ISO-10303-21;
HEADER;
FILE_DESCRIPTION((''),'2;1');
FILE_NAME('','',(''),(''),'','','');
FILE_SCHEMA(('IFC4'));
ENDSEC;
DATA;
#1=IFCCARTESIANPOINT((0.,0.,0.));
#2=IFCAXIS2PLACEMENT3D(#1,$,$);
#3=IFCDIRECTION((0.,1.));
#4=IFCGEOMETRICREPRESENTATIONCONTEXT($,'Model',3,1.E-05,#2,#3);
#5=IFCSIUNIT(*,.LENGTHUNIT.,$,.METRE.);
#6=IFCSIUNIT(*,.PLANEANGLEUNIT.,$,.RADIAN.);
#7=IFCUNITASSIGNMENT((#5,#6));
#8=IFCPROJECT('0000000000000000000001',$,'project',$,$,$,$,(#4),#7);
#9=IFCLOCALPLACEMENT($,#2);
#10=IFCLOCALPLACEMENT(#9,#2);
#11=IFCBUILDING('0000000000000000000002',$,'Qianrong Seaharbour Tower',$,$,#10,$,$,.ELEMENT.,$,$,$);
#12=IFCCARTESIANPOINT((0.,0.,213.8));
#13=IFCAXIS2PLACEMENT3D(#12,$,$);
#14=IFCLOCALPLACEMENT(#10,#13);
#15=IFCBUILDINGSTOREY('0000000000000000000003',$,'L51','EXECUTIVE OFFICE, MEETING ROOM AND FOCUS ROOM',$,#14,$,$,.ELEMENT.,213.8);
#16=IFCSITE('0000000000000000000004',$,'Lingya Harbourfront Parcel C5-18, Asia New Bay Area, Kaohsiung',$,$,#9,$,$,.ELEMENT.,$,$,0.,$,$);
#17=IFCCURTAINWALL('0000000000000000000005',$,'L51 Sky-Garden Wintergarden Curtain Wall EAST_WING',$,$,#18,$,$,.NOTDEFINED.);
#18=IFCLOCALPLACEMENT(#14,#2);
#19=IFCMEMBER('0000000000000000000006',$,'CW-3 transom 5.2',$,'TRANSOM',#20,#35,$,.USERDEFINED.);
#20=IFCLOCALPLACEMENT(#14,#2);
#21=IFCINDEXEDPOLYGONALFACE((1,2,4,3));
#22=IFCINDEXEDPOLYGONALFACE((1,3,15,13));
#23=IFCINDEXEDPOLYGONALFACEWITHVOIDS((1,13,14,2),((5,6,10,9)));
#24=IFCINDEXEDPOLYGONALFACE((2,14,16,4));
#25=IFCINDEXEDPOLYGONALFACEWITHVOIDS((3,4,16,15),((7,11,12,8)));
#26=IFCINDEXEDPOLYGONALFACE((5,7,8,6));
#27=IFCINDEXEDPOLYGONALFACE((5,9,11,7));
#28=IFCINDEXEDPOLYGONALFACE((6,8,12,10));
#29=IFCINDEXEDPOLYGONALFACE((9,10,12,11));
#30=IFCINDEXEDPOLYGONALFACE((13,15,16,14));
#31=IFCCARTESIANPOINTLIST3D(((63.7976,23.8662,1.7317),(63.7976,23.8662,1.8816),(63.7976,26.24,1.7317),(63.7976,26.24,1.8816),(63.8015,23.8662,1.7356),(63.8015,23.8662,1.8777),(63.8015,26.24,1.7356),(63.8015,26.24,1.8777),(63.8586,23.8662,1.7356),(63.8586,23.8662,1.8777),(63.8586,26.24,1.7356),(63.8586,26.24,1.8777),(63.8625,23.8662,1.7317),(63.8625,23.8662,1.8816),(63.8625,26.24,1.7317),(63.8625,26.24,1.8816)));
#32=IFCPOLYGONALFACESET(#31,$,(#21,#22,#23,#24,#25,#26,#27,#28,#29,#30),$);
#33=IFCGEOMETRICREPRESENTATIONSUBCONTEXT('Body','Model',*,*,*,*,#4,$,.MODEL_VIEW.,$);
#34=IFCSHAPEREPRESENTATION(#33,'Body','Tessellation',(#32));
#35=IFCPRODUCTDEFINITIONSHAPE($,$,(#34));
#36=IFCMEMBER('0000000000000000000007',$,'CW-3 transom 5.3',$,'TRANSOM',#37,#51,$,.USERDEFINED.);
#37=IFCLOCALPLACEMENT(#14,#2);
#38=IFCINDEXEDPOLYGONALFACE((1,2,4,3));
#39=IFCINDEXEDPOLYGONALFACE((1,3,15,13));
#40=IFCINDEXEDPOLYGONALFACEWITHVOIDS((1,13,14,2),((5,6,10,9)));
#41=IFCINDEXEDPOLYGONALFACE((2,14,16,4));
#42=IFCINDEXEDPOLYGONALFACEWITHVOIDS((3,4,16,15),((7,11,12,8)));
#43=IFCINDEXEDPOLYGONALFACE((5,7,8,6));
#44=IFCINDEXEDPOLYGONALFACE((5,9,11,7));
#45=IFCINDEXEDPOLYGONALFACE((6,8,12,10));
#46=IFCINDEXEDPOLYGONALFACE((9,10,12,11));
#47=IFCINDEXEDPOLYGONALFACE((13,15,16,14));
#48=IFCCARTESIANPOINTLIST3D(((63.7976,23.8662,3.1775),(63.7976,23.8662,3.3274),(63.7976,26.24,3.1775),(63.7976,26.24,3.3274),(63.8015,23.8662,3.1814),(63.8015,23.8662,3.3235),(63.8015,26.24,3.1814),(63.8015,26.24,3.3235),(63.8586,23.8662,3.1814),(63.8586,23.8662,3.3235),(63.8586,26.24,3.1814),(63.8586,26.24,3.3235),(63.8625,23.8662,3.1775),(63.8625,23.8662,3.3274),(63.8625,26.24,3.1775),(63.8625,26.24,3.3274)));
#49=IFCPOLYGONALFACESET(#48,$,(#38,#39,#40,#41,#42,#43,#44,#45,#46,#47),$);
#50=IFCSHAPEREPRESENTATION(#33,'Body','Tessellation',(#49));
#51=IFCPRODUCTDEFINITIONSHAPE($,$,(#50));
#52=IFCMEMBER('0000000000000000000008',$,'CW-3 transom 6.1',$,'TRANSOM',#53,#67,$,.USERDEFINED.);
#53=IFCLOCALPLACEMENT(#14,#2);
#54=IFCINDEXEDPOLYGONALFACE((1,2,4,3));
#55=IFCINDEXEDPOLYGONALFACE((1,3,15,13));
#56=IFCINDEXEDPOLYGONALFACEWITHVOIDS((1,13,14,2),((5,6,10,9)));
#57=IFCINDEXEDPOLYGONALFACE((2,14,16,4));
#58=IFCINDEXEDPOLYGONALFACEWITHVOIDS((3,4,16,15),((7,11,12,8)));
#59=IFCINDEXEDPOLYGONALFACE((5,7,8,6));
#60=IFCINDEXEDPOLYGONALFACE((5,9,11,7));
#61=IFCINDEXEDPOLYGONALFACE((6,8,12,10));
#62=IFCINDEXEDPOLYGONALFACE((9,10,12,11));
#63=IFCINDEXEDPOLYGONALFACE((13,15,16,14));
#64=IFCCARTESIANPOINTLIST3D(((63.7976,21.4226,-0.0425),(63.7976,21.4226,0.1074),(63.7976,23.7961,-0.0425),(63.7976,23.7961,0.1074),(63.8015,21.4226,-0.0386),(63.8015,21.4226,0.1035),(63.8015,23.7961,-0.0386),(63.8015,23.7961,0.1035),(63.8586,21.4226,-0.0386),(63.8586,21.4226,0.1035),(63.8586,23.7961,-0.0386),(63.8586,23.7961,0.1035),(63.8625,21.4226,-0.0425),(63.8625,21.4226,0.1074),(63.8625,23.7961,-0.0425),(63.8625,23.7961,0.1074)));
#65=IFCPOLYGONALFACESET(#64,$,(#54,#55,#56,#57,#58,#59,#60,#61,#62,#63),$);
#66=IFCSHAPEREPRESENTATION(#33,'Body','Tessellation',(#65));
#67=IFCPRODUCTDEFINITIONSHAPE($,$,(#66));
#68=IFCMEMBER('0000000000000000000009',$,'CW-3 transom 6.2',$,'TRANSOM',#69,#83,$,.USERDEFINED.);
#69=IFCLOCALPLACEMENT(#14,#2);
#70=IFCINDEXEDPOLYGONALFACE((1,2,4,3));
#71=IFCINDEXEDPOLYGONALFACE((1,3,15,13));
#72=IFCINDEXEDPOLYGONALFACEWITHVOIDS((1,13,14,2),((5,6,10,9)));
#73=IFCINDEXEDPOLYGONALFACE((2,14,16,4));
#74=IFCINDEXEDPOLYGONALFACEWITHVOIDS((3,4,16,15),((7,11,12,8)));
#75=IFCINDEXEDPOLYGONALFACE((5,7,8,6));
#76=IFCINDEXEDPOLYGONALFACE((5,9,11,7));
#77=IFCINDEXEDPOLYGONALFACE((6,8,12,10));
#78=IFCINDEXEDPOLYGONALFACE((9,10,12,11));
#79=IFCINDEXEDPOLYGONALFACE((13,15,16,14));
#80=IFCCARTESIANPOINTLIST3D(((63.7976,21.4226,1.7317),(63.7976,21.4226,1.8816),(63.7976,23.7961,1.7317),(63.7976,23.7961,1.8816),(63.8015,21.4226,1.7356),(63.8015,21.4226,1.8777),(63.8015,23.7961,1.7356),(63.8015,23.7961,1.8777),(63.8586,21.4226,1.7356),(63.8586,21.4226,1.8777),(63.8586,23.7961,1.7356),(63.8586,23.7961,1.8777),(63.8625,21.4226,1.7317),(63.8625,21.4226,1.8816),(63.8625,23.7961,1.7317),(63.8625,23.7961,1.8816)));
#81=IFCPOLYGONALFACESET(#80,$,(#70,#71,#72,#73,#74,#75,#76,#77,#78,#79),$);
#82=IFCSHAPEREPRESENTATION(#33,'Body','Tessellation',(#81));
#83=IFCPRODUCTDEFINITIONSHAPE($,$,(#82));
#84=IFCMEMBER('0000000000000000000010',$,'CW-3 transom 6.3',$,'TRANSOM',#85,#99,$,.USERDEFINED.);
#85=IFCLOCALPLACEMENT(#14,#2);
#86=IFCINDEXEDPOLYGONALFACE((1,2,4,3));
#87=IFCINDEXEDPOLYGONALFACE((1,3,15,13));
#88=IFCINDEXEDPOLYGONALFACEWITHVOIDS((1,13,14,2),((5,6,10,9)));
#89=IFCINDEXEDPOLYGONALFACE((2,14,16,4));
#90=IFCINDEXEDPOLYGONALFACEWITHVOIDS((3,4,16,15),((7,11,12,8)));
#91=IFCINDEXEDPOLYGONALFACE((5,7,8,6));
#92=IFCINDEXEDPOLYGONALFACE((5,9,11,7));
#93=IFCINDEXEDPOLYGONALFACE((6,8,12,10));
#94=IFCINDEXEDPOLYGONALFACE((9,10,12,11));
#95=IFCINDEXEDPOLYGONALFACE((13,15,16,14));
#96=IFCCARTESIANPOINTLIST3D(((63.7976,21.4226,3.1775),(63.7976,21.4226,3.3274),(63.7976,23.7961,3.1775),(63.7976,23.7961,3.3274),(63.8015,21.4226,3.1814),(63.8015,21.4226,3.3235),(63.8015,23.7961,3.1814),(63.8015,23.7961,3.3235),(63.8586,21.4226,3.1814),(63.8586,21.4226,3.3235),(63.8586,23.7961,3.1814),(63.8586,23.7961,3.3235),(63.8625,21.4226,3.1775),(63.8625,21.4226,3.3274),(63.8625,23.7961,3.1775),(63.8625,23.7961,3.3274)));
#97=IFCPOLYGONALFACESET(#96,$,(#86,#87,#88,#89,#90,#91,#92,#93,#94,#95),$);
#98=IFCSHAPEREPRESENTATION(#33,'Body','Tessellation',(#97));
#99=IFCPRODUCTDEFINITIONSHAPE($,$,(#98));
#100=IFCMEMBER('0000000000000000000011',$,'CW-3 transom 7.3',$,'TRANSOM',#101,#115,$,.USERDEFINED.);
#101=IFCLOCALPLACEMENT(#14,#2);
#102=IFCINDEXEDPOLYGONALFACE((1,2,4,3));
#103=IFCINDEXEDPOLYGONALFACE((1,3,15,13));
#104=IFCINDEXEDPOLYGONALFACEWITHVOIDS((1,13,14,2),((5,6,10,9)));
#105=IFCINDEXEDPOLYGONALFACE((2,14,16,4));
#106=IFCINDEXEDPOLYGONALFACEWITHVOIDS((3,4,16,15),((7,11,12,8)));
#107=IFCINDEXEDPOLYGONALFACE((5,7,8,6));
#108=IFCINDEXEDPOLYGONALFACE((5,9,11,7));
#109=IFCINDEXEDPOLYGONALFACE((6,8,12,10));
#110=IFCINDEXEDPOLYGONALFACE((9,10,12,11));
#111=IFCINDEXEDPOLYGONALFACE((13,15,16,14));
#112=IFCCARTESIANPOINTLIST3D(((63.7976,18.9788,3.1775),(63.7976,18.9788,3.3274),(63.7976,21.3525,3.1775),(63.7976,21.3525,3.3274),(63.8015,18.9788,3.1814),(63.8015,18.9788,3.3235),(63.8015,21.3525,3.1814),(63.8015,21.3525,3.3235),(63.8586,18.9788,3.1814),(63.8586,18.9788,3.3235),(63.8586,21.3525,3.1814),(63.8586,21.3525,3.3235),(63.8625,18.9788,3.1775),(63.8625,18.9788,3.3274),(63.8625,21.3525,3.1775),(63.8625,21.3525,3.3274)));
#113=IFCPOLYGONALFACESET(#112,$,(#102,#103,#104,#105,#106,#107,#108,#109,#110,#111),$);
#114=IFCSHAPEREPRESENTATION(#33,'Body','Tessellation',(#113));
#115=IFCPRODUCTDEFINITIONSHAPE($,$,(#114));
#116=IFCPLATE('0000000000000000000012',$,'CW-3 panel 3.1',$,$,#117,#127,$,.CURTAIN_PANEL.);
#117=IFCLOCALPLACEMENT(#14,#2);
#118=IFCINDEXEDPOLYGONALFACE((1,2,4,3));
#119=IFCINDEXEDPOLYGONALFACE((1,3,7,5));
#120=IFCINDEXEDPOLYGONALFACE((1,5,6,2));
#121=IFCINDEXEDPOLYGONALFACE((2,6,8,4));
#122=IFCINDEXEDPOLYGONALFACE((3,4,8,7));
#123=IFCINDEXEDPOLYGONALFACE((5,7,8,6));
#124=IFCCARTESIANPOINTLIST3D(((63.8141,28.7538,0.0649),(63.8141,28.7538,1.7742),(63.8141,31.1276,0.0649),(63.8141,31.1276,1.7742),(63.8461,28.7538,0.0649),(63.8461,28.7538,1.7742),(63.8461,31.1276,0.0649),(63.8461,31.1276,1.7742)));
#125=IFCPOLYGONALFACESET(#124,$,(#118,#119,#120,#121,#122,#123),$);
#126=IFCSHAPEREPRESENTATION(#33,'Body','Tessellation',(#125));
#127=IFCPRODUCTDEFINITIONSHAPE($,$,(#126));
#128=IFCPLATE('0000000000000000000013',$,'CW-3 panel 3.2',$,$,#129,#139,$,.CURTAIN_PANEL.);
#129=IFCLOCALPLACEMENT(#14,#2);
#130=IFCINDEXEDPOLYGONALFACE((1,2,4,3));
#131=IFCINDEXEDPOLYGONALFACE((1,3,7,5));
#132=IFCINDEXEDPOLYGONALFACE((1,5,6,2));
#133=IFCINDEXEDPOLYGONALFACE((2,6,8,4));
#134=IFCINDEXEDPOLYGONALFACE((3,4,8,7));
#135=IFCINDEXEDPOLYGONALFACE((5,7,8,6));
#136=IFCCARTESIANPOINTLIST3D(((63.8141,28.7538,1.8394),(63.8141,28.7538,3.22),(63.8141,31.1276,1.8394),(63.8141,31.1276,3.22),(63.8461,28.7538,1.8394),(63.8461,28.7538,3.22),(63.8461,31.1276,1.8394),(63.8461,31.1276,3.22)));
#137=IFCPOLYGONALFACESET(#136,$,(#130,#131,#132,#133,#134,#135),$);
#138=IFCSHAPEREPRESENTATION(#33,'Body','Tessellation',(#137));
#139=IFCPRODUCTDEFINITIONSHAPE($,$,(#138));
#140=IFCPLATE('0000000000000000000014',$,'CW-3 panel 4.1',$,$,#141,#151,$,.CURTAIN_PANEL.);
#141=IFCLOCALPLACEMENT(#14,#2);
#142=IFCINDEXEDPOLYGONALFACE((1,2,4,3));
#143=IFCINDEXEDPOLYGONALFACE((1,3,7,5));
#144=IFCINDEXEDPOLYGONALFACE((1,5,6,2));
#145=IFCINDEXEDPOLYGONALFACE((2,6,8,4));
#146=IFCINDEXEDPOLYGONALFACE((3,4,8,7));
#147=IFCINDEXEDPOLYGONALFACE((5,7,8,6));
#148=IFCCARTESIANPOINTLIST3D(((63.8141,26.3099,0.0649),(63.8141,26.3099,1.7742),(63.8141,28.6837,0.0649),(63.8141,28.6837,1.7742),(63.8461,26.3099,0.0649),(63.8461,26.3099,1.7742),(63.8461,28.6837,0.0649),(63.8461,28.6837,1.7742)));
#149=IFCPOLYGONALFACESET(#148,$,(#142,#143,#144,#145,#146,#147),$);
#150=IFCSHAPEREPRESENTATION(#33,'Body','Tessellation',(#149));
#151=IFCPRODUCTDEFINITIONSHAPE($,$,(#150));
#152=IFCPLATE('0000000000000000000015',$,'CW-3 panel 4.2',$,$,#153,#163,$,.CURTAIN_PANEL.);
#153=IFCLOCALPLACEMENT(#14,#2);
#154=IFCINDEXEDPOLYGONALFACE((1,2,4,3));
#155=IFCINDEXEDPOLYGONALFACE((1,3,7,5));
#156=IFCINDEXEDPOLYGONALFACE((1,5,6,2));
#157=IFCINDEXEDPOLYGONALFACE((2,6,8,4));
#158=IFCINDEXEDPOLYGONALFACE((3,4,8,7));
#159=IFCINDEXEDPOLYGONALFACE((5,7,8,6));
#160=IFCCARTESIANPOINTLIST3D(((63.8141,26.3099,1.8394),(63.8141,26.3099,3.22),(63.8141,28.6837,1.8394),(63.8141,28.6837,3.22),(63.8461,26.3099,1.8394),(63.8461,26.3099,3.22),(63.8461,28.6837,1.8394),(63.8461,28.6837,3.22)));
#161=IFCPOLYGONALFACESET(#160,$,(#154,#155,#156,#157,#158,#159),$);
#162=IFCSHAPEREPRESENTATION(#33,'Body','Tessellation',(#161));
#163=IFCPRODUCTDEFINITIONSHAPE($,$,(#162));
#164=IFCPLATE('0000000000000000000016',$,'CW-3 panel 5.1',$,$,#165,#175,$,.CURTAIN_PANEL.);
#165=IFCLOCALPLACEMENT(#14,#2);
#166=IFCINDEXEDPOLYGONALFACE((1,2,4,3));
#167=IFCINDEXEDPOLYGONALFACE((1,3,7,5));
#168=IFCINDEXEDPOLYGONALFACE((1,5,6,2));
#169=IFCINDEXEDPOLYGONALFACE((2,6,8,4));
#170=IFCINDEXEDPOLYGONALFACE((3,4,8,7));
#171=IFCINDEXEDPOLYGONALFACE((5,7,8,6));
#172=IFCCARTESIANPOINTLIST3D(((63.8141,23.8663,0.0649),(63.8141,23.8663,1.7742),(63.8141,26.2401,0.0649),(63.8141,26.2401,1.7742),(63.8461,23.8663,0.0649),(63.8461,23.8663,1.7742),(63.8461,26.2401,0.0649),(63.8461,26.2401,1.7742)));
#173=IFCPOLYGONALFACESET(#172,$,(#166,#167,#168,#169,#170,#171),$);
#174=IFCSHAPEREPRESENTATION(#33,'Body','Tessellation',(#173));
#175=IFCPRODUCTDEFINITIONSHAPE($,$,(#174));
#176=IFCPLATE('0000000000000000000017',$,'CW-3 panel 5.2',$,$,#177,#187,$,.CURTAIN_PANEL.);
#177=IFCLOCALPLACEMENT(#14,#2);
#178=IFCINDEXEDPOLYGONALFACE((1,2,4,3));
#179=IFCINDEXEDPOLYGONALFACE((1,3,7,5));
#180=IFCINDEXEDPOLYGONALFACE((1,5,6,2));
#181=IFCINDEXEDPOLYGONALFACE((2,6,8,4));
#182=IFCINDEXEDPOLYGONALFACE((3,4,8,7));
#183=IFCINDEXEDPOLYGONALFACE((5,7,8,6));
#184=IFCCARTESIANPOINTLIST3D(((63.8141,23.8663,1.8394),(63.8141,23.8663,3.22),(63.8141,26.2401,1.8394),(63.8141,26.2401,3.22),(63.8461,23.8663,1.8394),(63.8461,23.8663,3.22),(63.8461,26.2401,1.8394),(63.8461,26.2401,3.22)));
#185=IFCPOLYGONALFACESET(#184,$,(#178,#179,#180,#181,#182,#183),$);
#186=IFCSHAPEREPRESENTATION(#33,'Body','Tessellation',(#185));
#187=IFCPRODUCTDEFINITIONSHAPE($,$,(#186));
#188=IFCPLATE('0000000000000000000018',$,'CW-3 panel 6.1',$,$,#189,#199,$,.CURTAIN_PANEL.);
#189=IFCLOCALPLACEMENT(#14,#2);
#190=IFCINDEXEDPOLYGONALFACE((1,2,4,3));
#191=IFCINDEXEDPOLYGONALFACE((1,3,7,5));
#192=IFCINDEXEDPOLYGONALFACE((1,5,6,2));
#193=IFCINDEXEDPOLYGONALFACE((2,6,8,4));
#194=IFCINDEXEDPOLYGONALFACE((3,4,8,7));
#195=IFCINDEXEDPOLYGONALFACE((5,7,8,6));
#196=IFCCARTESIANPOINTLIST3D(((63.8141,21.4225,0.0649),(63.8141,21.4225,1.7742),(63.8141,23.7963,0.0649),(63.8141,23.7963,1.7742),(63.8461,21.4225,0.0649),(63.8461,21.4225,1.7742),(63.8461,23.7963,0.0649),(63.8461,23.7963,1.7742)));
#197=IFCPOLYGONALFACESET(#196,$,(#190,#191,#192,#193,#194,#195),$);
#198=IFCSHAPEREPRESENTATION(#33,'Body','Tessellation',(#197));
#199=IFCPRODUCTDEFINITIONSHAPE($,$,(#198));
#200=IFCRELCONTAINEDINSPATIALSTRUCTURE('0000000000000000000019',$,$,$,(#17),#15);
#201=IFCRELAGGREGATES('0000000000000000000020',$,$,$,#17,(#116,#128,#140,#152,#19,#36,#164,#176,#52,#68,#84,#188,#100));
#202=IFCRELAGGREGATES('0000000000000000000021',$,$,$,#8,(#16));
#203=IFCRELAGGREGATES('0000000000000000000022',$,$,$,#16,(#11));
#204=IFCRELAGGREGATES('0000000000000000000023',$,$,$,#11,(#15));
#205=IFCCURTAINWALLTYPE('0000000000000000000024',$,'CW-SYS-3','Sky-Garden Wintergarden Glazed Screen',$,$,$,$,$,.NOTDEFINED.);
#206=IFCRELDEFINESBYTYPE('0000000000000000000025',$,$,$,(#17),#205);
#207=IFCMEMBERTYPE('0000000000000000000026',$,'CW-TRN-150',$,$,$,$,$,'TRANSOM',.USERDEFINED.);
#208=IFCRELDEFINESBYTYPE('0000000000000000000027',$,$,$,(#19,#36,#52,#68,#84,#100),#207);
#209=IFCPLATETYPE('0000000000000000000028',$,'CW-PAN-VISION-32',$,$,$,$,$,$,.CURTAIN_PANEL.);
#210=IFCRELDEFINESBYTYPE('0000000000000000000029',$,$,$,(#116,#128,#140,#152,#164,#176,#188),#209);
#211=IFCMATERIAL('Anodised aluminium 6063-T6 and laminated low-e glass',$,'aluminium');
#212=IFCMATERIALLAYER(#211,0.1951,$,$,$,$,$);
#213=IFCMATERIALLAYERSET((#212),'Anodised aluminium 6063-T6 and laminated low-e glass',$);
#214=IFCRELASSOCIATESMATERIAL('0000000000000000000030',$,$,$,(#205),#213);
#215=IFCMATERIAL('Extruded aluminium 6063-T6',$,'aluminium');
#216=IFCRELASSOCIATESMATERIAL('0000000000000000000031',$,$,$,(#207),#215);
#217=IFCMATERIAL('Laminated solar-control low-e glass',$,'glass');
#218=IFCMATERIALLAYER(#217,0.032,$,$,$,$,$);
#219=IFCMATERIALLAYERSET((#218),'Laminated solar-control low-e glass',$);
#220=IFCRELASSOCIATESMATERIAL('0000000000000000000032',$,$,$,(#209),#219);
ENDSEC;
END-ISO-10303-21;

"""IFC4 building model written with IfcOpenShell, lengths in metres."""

from ifc_helpers import new_model, si_unit, direction, frame, origin, origin_2d, place, context, subcontext, project, spatial, rectangle, hollow_rectangle, extrude, material, layer, layer_set, material_profile, profile_set, type_object, element, aggregate, save


model = new_model("IFC4")

# Units and contexts
model_context = context("Model", 3, precision=1e-05, world=origin(), true_north=direction((0.0, 1.0)))
body_context = subcontext(model_context, "Body", "Model", "MODEL_VIEW")
ifc_project = project(units=[si_unit("LENGTHUNIT", "METRE"), si_unit("PLANEANGLEUNIT", "RADIAN")], contexts=[model_context])

# Site, building, storey
site_placement = place(None, origin())
site = spatial("IfcSite", under=ifc_project, at=site_placement, Name="Lingya Harbourfront Parcel C5-18, Asia New Bay Area, Kaohsiung", CompositionType="ELEMENT", RefElevation=0.0)
building_placement = place(site_placement, origin())
building = spatial("IfcBuilding", under=site, at=building_placement, Name="Qianrong Seaharbour Tower", CompositionType="ELEMENT")
storey_placement = place(building_placement, frame((0.0, 0.0, 213.8)))
storey = spatial("IfcBuildingStorey", under=building, at=storey_placement, Name="L51", Description="EXECUTIVE OFFICE, MEETING ROOM AND FOCUS ROOM", CompositionType="ELEMENT", Elevation=213.8)

# Curtain wall, members, plates
ifc_material_1 = material(Name="Anodised aluminium 6063-T6 and laminated low-e glass", Category="aluminium")
ifc_layer_1 = layer(ifc_material_1, 0.1951)
ifc_layer_set_1 = layer_set([ifc_layer_1], Name="Anodised aluminium 6063-T6 and laminated low-e glass")
curtain_wall_type = type_object("IfcCurtainWallType", Name="CW-SYS-3", Description="Sky-Garden Wintergarden Glazed Screen", PredefinedType="NOTDEFINED", material=ifc_layer_set_1)
curtain_wall_placement = place(storey_placement, origin())
curtain_wall = element("IfcCurtainWall", 1, at=curtain_wall_placement, inside=storey, type_object=curtain_wall_type, Name="L51 Sky-Garden Wintergarden Curtain Wall EAST_WING", PredefinedType="NOTDEFINED")
ifc_material_2 = material(Name="Extruded aluminium 6063-T6", Category="aluminium")
ifc_material_profile_1 = material_profile(ifc_material_2, hollow_rectangle(XDim=0.0649, YDim=0.1499, WallThickness=0.0039, at=origin_2d()), Name="ALU-TRN-150x65x4")
ifc_profile_set_1 = profile_set([ifc_material_profile_1], Name="Extruded aluminium 6063-T6")
member_type_1 = type_object("IfcMemberType", Name="CW-TRN-150", ElementType="TRANSOM", PredefinedType="USERDEFINED", material=ifc_profile_set_1)
member_1_placement = place(storey_placement, frame((63.8301, 26.24, 1.8066), z_axis=(0.0, -1.0, 0.0), x_axis=(1.0, 0.0, 0.0)))
member_1 = element("IfcMember", 2, at=member_1_placement, type_object=member_type_1, Name="CW-3 transom 5.2", ObjectType="TRANSOM", PredefinedType="USERDEFINED", context=body_context, shape_type="SweptSolid", body=[
    extrude(hollow_rectangle(XDim=0.0649, YDim=0.1499, WallThickness=0.0039, at=origin_2d()), origin(), (0.0, 0.0, 1.0), 2.3738),
])
member_2_placement = place(storey_placement, frame((63.8301, 26.24, 3.2524), z_axis=(0.0, -1.0, 0.0), x_axis=(1.0, 0.0, 0.0)))
member_2 = element("IfcMember", 3, at=member_2_placement, type_object=member_type_1, Name="CW-3 transom 5.3", ObjectType="TRANSOM", PredefinedType="USERDEFINED", context=body_context, shape_type="SweptSolid", body=[
    extrude(hollow_rectangle(XDim=0.0649, YDim=0.1499, WallThickness=0.0039, at=origin_2d()), origin(), (0.0, 0.0, 1.0), 2.3738),
])
member_3_placement = place(storey_placement, frame((63.8301, 23.7961, 0.0325), z_axis=(0.0, -1.0, 0.0), x_axis=(1.0, 0.0, 0.0)))
member_3 = element("IfcMember", 4, at=member_3_placement, type_object=member_type_1, Name="CW-3 transom 6.1", ObjectType="TRANSOM", PredefinedType="USERDEFINED", context=body_context, shape_type="SweptSolid", body=[
    extrude(hollow_rectangle(XDim=0.0649, YDim=0.1499, WallThickness=0.0039, at=origin_2d()), origin(), (0.0, 0.0, 1.0), 2.3735),
])
member_4_placement = place(storey_placement, frame((63.8301, 23.7961, 1.8066), z_axis=(0.0, -1.0, 0.0), x_axis=(1.0, 0.0, 0.0)))
member_4 = element("IfcMember", 5, at=member_4_placement, type_object=member_type_1, Name="CW-3 transom 6.2", ObjectType="TRANSOM", PredefinedType="USERDEFINED", context=body_context, shape_type="SweptSolid", body=[
    extrude(hollow_rectangle(XDim=0.0649, YDim=0.1499, WallThickness=0.0039, at=origin_2d()), origin(), (0.0, 0.0, 1.0), 2.3735),
])
member_5_placement = place(storey_placement, frame((63.8301, 23.7961, 3.2524), z_axis=(0.0, -1.0, 0.0), x_axis=(1.0, 0.0, 0.0)))
member_5 = element("IfcMember", 6, at=member_5_placement, type_object=member_type_1, Name="CW-3 transom 6.3", ObjectType="TRANSOM", PredefinedType="USERDEFINED", context=body_context, shape_type="SweptSolid", body=[
    extrude(hollow_rectangle(XDim=0.0649, YDim=0.1499, WallThickness=0.0039, at=origin_2d()), origin(), (0.0, 0.0, 1.0), 2.3735),
])
member_6_placement = place(storey_placement, frame((63.8301, 21.3525, 3.2524), z_axis=(0.0, -1.0, 0.0), x_axis=(1.0, 0.0, 0.0)))
member_6 = element("IfcMember", 7, at=member_6_placement, type_object=member_type_1, Name="CW-3 transom 7.3", ObjectType="TRANSOM", PredefinedType="USERDEFINED", context=body_context, shape_type="SweptSolid", body=[
    extrude(hollow_rectangle(XDim=0.0649, YDim=0.1499, WallThickness=0.0039, at=origin_2d()), origin(), (0.0, 0.0, 1.0), 2.3738),
])
ifc_material_3 = material(Name="Laminated solar-control low-e glass", Category="glass")
ifc_layer_2 = layer(ifc_material_3, 0.032)
ifc_layer_set_2 = layer_set([ifc_layer_2], Name="Laminated solar-control low-e glass")
plate_type = type_object("IfcPlateType", Name="CW-PAN-VISION-32", PredefinedType="CURTAIN_PANEL", material=ifc_layer_set_2)
plate_1_placement = place(storey_placement, frame((63.8301, 29.9407, 0.0649), z_axis=(0.0, 0.0, 1.0), x_axis=(0.0, -1.0, 0.0)))
plate_1 = element("IfcPlate", 8, at=plate_1_placement, type_object=plate_type, Name="CW-3 panel 3.1", PredefinedType="CURTAIN_PANEL", context=body_context, shape_type="SweptSolid", body=[
    extrude(rectangle(XDim=2.3738, YDim=0.032, at=origin_2d()), origin(), (0.0, 0.0, 1.0), 1.7092),
])
plate_2_placement = place(storey_placement, frame((63.8301, 29.9407, 1.8394), z_axis=(0.0, 0.0, 1.0), x_axis=(0.0, -1.0, 0.0)))
plate_2 = element("IfcPlate", 9, at=plate_2_placement, type_object=plate_type, Name="CW-3 panel 3.2", PredefinedType="CURTAIN_PANEL", context=body_context, shape_type="SweptSolid", body=[
    extrude(rectangle(XDim=2.3738, YDim=0.032, at=origin_2d()), origin(), (0.0, 0.0, 1.0), 1.3806),
])
plate_3_placement = place(storey_placement, frame((63.8301, 27.4968, 0.0649), z_axis=(0.0, 0.0, 1.0), x_axis=(0.0, -1.0, 0.0)))
plate_3 = element("IfcPlate", 10, at=plate_3_placement, type_object=plate_type, Name="CW-3 panel 4.1", PredefinedType="CURTAIN_PANEL", context=body_context, shape_type="SweptSolid", body=[
    extrude(rectangle(XDim=2.3738, YDim=0.032, at=origin_2d()), origin(), (0.0, 0.0, 1.0), 1.7092),
])
plate_4_placement = place(storey_placement, frame((63.8301, 27.4968, 1.8394), z_axis=(0.0, 0.0, 1.0), x_axis=(0.0, -1.0, 0.0)))
plate_4 = element("IfcPlate", 11, at=plate_4_placement, type_object=plate_type, Name="CW-3 panel 4.2", PredefinedType="CURTAIN_PANEL", context=body_context, shape_type="SweptSolid", body=[
    extrude(rectangle(XDim=2.3738, YDim=0.032, at=origin_2d()), origin(), (0.0, 0.0, 1.0), 1.3806),
])
plate_5_placement = place(storey_placement, frame((63.8301, 25.0532, 0.0649), z_axis=(0.0, 0.0, 1.0), x_axis=(0.0, -1.0, 0.0)))
plate_5 = element("IfcPlate", 12, at=plate_5_placement, type_object=plate_type, Name="CW-3 panel 5.1", PredefinedType="CURTAIN_PANEL", context=body_context, shape_type="SweptSolid", body=[
    extrude(rectangle(XDim=2.3738, YDim=0.032, at=origin_2d()), origin(), (0.0, 0.0, 1.0), 1.7092),
])
plate_6_placement = place(storey_placement, frame((63.8301, 25.0532, 1.8394), z_axis=(0.0, 0.0, 1.0), x_axis=(0.0, -1.0, 0.0)))
plate_6 = element("IfcPlate", 13, at=plate_6_placement, type_object=plate_type, Name="CW-3 panel 5.2", PredefinedType="CURTAIN_PANEL", context=body_context, shape_type="SweptSolid", body=[
    extrude(rectangle(XDim=2.3738, YDim=0.032, at=origin_2d()), origin(), (0.0, 0.0, 1.0), 1.3806),
])
plate_7_placement = place(storey_placement, frame((63.8301, 22.6094, 0.0649), z_axis=(0.0, 0.0, 1.0), x_axis=(0.0, -1.0, 0.0)))
plate_7 = element("IfcPlate", 14, at=plate_7_placement, type_object=plate_type, Name="CW-3 panel 6.1", PredefinedType="CURTAIN_PANEL", context=body_context, shape_type="SweptSolid", body=[
    extrude(rectangle(XDim=2.3738, YDim=0.032, at=origin_2d()), origin(), (0.0, 0.0, 1.0), 1.7092),
])
aggregate(curtain_wall, [plate_1, plate_2, plate_3, plate_4, member_1, member_2, plate_5, plate_6, member_3, member_4, member_5, plate_7, member_6])

save(model, "model.ifc")
